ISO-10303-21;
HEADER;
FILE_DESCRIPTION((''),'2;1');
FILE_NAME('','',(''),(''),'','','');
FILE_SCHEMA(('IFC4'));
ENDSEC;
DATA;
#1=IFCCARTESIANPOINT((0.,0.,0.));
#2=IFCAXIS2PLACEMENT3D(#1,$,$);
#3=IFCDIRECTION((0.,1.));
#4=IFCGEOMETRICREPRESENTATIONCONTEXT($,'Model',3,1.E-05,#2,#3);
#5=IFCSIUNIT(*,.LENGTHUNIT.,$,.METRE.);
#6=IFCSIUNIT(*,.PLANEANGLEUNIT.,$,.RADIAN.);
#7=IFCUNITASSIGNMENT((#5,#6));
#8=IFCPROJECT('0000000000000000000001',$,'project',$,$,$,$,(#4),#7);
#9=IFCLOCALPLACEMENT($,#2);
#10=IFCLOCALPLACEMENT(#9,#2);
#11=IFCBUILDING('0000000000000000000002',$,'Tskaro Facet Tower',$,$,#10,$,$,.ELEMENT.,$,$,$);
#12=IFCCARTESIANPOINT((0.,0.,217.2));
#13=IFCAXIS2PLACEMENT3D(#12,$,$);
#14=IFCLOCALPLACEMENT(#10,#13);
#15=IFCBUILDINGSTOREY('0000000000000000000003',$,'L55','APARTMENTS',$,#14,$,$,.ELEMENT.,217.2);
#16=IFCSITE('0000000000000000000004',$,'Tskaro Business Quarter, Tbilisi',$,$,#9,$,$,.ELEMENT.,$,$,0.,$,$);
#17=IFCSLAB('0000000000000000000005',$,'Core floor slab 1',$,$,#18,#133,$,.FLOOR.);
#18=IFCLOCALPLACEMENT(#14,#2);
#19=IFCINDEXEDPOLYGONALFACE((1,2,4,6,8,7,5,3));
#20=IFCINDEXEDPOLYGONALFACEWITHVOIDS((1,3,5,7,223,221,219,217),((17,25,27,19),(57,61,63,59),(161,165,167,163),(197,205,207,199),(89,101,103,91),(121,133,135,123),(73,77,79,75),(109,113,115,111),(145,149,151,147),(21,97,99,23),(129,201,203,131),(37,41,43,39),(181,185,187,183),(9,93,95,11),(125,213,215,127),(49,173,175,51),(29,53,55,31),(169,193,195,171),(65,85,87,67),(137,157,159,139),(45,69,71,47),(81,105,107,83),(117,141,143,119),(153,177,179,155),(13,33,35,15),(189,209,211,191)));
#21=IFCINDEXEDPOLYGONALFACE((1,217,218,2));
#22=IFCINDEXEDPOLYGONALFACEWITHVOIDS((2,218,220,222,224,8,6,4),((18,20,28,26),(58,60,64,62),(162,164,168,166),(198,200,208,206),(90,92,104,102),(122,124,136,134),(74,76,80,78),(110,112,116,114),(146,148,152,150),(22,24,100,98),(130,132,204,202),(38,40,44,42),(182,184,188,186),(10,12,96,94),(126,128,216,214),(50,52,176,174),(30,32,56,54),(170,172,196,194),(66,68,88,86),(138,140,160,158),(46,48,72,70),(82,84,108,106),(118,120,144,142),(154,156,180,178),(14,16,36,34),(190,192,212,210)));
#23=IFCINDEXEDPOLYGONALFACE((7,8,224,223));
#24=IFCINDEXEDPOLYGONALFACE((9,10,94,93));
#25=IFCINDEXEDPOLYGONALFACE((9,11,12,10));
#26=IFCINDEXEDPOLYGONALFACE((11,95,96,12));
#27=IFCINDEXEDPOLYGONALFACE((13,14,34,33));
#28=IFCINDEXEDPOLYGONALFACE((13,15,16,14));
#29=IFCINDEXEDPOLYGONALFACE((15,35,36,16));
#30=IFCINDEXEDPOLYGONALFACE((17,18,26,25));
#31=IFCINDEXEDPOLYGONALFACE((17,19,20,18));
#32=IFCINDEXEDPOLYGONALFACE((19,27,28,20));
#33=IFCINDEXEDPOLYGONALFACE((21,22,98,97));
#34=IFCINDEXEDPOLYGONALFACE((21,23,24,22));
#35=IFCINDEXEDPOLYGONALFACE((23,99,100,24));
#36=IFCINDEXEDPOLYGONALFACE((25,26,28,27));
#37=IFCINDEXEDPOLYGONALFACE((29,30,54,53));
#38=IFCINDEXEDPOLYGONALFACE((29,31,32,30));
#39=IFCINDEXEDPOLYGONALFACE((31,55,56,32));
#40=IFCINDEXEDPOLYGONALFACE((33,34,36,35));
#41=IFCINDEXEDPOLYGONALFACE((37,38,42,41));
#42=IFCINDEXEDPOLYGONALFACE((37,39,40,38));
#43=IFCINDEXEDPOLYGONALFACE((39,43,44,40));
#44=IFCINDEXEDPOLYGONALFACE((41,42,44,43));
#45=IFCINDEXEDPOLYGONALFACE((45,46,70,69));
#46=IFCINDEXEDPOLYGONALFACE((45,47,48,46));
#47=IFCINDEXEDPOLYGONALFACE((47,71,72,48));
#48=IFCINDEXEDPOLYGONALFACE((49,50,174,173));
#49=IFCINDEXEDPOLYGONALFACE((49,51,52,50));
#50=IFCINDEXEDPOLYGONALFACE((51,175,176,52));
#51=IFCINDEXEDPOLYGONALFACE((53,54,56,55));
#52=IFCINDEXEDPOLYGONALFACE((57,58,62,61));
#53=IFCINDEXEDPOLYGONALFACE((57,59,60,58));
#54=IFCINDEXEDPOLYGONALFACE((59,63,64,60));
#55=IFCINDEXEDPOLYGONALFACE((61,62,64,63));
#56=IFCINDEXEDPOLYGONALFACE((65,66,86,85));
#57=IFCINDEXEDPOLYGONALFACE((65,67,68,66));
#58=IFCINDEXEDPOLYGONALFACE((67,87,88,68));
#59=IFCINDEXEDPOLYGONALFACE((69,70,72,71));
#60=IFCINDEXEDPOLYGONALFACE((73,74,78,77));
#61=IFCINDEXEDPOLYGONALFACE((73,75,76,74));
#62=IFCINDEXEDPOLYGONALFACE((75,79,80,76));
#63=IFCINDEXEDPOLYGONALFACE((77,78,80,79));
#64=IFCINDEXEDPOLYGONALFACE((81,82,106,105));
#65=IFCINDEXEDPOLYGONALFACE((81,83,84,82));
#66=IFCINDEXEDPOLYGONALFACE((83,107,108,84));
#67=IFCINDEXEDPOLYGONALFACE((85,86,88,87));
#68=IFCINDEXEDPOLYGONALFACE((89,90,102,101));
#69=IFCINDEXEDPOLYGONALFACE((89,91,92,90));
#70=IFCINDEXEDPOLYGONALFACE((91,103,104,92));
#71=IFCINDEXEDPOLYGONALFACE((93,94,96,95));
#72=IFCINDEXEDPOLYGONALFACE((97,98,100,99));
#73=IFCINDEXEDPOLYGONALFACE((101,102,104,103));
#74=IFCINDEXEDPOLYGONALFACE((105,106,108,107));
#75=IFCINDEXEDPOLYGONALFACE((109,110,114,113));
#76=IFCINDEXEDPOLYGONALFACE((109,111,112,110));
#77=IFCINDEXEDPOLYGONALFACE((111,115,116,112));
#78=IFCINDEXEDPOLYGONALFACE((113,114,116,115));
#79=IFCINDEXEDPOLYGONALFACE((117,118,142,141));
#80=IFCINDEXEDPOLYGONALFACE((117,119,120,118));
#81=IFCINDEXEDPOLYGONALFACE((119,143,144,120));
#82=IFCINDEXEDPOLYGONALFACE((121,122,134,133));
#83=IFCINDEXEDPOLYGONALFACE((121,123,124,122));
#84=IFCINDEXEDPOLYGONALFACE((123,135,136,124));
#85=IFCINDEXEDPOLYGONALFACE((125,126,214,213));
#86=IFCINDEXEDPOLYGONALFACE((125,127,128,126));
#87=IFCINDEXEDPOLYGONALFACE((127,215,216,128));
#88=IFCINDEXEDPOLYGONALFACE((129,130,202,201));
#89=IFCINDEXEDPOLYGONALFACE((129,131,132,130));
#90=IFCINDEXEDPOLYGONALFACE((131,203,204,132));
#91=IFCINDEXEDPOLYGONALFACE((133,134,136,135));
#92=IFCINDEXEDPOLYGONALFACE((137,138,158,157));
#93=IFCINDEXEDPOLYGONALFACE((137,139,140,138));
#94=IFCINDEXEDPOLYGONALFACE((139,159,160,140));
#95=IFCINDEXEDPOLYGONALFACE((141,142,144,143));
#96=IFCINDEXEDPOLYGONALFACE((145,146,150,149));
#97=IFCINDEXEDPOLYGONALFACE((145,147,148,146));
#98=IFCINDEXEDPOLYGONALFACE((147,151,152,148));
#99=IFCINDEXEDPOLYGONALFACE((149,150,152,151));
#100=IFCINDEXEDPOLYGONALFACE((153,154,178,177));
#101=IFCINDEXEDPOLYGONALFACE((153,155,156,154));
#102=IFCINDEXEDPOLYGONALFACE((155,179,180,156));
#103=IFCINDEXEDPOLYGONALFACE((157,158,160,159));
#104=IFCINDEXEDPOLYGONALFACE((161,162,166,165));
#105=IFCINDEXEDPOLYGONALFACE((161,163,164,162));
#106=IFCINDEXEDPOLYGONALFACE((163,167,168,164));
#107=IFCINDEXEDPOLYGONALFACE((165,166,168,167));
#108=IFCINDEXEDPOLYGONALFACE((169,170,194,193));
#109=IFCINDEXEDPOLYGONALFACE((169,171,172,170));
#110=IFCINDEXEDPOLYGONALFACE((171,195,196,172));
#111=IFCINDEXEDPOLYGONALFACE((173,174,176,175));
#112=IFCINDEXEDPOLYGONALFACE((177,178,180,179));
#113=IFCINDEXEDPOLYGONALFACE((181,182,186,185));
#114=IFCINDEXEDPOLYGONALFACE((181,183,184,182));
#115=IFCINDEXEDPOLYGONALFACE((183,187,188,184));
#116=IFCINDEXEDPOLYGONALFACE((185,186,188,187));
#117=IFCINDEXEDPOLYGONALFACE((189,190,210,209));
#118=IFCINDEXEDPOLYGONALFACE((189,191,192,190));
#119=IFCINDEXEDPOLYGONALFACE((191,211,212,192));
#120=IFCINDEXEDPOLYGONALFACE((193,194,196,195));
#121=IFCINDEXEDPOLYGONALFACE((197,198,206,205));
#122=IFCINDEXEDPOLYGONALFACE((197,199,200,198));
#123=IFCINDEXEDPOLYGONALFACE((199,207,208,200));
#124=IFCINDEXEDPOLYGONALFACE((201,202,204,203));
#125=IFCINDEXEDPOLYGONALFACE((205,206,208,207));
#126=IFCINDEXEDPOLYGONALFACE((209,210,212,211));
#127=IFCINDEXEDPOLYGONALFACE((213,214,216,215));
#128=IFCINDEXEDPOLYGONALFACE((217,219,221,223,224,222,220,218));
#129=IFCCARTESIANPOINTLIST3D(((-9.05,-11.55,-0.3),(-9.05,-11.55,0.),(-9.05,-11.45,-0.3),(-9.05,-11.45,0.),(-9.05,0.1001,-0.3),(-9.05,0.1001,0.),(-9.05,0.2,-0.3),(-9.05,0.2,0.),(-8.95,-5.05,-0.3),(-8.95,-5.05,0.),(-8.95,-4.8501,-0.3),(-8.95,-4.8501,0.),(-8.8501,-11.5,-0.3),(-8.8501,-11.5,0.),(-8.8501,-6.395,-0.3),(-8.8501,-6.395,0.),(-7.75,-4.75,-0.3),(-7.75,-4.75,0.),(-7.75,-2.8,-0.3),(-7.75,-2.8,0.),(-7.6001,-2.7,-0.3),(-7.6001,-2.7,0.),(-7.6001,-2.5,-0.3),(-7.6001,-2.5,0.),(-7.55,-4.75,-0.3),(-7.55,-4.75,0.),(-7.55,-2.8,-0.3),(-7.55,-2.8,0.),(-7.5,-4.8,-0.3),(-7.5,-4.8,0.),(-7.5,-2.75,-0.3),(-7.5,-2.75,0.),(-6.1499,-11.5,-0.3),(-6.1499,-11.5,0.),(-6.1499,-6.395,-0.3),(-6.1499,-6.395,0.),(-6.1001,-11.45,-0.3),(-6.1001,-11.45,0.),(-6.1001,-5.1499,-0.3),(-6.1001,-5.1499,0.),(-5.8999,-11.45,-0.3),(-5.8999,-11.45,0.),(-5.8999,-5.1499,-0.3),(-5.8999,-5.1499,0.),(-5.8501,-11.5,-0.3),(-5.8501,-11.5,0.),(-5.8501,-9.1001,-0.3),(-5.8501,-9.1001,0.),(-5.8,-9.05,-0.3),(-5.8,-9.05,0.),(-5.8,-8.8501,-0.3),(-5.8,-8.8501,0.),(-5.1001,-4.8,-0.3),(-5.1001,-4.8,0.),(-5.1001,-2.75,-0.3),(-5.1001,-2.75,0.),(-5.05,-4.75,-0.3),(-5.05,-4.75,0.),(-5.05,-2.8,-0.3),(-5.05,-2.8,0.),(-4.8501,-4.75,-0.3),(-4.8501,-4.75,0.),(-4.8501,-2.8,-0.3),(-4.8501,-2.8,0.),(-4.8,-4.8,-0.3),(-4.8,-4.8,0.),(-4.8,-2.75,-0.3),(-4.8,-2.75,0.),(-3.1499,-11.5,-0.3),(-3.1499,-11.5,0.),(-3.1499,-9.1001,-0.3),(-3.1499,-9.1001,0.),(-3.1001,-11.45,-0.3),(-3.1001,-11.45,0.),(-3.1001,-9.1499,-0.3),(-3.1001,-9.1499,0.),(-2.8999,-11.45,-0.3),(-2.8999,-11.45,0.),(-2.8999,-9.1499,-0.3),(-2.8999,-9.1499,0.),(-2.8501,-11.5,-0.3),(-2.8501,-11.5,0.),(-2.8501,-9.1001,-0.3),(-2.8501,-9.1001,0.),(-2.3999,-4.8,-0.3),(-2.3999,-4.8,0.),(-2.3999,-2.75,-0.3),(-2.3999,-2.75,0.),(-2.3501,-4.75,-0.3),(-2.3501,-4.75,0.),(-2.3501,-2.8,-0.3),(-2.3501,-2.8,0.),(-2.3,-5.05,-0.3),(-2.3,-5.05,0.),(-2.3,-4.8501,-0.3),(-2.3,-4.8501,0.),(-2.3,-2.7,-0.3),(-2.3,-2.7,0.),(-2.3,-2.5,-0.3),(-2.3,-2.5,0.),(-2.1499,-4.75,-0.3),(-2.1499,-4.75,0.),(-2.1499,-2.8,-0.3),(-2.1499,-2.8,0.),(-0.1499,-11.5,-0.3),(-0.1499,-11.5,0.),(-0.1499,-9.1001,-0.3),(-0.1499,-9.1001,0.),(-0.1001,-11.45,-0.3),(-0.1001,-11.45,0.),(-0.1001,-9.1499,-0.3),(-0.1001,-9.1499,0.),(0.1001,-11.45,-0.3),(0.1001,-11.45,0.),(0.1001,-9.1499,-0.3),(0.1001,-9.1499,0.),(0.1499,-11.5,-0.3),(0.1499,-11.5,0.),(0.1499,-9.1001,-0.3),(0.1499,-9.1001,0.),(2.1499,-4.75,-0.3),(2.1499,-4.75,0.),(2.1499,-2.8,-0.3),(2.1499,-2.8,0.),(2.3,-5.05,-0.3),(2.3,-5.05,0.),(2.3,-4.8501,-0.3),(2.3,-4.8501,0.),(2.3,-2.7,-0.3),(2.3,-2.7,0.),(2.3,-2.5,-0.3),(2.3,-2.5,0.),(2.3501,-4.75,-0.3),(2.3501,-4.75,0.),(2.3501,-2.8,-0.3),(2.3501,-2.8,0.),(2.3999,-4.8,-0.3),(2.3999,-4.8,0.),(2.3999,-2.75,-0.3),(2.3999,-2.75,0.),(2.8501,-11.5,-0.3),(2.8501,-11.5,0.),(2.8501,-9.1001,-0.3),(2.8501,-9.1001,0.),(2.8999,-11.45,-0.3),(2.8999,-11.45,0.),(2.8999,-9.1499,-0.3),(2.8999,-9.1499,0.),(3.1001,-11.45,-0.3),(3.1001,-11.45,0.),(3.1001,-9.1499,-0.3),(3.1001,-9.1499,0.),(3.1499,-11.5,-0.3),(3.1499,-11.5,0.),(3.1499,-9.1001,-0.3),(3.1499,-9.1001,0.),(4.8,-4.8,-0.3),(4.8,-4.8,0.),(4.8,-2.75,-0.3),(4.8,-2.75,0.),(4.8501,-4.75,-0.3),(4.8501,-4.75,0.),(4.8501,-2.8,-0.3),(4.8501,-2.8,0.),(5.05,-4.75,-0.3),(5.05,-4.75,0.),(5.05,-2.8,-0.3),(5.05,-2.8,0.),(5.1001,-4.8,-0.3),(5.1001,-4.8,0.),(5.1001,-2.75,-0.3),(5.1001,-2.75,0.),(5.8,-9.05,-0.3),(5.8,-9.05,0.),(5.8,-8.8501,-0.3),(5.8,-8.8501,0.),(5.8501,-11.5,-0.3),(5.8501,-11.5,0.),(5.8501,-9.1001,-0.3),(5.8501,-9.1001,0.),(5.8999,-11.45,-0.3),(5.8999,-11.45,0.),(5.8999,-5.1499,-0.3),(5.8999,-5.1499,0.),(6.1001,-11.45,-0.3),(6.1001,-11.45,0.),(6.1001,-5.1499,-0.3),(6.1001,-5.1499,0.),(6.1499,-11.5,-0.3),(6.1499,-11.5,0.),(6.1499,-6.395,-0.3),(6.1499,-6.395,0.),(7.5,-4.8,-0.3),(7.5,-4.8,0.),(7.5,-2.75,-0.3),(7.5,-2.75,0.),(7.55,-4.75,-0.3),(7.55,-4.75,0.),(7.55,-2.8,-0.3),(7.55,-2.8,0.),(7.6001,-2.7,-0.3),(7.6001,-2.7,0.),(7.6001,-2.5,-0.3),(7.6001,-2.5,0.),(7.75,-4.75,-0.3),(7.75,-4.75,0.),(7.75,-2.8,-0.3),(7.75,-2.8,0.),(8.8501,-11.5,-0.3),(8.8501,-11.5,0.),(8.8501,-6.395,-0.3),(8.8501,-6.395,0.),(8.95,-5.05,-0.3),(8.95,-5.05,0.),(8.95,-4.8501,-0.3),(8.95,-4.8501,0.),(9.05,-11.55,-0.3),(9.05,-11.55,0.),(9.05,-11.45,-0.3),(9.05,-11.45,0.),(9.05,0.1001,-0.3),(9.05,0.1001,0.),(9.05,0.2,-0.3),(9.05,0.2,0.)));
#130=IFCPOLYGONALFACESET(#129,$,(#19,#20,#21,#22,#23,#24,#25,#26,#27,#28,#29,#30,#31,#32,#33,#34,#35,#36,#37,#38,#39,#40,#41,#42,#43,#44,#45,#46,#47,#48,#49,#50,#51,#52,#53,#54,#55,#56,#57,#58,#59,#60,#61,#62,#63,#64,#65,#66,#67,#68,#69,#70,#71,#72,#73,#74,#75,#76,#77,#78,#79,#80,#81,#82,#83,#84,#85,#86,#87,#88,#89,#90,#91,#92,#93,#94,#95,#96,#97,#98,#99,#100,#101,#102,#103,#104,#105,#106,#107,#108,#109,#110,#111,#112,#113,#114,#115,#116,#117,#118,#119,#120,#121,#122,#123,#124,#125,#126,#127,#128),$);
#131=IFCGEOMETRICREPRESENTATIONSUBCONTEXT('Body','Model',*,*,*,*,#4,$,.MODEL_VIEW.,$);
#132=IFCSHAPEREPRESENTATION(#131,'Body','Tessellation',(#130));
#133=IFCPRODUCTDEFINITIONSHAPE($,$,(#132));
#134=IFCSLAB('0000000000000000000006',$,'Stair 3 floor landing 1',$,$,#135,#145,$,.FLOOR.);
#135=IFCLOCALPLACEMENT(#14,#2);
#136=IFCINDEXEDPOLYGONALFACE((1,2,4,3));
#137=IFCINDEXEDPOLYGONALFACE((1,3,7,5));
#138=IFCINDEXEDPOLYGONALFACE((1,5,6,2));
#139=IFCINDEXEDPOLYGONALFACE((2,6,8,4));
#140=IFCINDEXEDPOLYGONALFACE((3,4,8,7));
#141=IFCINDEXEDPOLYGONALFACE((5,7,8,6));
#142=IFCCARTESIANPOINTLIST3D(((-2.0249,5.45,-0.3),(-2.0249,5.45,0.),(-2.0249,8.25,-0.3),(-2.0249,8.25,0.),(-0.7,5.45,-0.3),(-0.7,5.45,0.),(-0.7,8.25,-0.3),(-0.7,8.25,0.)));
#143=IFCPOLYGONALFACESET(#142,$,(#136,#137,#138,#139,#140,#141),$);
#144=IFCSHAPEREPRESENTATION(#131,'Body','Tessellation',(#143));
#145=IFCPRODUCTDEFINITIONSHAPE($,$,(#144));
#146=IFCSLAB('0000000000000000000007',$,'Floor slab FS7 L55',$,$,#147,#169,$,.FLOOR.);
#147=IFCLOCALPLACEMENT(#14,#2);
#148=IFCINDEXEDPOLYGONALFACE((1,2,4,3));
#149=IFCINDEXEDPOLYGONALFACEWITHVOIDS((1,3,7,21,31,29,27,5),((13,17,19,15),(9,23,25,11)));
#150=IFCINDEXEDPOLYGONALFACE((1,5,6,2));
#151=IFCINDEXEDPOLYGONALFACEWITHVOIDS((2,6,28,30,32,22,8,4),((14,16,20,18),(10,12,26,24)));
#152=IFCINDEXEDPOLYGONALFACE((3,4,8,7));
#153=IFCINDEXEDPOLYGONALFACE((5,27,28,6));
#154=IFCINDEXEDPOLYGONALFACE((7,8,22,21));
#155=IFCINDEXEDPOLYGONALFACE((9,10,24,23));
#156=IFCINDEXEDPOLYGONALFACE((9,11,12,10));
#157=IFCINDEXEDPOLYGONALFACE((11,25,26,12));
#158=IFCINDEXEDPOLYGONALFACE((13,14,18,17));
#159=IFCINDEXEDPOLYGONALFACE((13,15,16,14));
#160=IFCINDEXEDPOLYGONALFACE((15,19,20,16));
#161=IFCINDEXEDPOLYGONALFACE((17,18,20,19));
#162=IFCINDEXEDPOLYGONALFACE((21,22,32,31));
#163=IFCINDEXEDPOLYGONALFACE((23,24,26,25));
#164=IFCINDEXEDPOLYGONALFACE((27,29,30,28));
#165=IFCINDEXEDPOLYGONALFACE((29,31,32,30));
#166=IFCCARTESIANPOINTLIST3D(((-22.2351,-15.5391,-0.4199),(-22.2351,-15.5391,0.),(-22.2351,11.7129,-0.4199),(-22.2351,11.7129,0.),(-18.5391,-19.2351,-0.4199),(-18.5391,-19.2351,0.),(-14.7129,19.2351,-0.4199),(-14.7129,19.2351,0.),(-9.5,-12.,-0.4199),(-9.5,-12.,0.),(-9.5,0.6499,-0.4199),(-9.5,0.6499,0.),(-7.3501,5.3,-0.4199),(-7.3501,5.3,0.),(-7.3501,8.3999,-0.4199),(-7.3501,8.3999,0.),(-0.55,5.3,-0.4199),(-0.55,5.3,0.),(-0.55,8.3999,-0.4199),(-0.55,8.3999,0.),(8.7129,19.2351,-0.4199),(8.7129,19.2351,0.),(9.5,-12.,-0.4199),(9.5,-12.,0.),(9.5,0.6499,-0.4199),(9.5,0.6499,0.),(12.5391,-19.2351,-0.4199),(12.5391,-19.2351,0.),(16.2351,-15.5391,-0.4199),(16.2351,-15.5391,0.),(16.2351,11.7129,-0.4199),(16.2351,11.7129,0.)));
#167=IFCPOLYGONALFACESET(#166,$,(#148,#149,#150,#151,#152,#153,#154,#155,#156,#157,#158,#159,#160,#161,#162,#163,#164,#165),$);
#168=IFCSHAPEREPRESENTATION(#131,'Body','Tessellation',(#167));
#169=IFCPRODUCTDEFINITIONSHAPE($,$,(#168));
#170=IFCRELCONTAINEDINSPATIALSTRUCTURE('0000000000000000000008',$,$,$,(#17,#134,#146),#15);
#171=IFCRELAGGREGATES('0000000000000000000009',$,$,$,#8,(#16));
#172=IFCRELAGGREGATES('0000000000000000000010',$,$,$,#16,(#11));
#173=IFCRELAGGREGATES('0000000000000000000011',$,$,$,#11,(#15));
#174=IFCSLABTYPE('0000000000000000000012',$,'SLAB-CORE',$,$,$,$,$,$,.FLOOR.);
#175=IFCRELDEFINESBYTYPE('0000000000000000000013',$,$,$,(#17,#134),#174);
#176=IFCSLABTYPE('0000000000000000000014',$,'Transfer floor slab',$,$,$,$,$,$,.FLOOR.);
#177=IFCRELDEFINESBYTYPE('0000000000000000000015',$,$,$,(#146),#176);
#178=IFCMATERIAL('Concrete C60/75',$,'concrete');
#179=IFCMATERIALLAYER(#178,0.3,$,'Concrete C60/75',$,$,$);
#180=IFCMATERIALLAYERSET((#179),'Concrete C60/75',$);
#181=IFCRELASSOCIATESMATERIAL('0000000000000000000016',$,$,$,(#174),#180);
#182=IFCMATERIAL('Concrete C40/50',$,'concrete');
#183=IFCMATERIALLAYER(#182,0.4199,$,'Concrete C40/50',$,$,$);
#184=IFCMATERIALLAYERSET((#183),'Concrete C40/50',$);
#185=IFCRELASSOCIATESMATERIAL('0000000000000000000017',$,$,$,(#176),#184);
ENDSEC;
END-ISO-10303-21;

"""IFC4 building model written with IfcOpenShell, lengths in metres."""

from ifc_helpers import new_model, si_unit, direction, frame, origin, place, context, subcontext, project, spatial, polyline, outline, extrude, material, layer, layer_set, type_object, element, save


model = new_model("IFC4")

# Units and contexts
model_context = context("Model", 3, precision=1e-05, world=origin(), true_north=direction((0.0, 1.0)))
body_context = subcontext(model_context, "Body", "Model", "MODEL_VIEW")
ifc_project = project(units=[si_unit("LENGTHUNIT", "METRE"), si_unit("PLANEANGLEUNIT", "RADIAN")], contexts=[model_context])

# Site, building, storey
site_placement = place(None, origin())
site = spatial("IfcSite", under=ifc_project, at=site_placement, Name="Tskaro Business Quarter, Tbilisi", CompositionType="ELEMENT", RefElevation=0.0)
building_placement = place(site_placement, origin())
building = spatial("IfcBuilding", under=site, at=building_placement, Name="Tskaro Facet Tower", CompositionType="ELEMENT")
storey_placement = place(building_placement, frame((0.0, 0.0, 217.2)))
storey = spatial("IfcBuildingStorey", under=building, at=storey_placement, Name="L55", Description="APARTMENTS", CompositionType="ELEMENT", Elevation=217.2)

# Shared definitions
ifc_material_1 = material(Name="Concrete C40/50", Category="concrete")

# Slabs
ifc_material_2 = material(Name="Concrete C60/75", Category="concrete")
ifc_layer_1 = layer(ifc_material_2, 0.3, Name="Concrete C60/75")
ifc_layer_set_1 = layer_set([ifc_layer_1], Name="Concrete C60/75")
slab_type_1 = type_object("IfcSlabType", Name="SLAB-CORE", PredefinedType="FLOOR", material=ifc_layer_set_1)
slab_1_placement = place(storey_placement, frame((0.0, 0.0, -0.3)))
element("IfcSlab", 1, at=slab_1_placement, inside=storey, type_object=slab_type_1, Name="Core floor slab 1", PredefinedType="FLOOR", context=body_context, shape_type="SweptSolid", body=[
    extrude(outline(polyline([(-9.05, 0.2), (9.05, 0.2), (9.05, 0.1001), (9.05, -11.45), (9.05, -11.55), (-9.05, -11.55), (-9.05, -11.45), (-9.05, 0.1001), (-9.05, 0.2)]), holes=[polyline([(-5.8501, -9.1001), (-5.8501, -11.5), (-3.1499, -11.5), (-3.1499, -9.1001), (-5.8501, -9.1001)]), polyline([(-3.1001, -11.45), (-2.8999, -11.45), (-2.8999, -9.1499), (-3.1001, -9.1499), (-3.1001, -11.45)]), polyline([(-2.8501, -9.1001), (-2.8501, -11.5), (-0.1499, -11.5), (-0.1499, -9.1001), (-2.8501, -9.1001)]), polyline([(-6.1001, -11.45), (-5.8999, -11.45), (-5.8999, -5.1499), (-6.1001, -5.1499), (-6.1001, -11.45)]), polyline([(-8.95, -5.05), (-2.3, -5.05), (-2.3, -4.8501), (-8.95, -4.8501), (-8.95, -5.05)]), polyline([(-7.75, -4.75), (-7.55, -4.75), (-7.55, -2.8), (-7.75, -2.8), (-7.75, -4.75)]), polyline([(-5.1001, -2.75), (-7.5, -2.75), (-7.5, -4.8), (-5.1001, -4.8), (-5.1001, -2.75)]), polyline([(-5.05, -4.75), (-4.8501, -4.75), (-4.8501, -2.8), (-5.05, -2.8), (-5.05, -4.75)]), polyline([(-2.3999, -4.8), (-2.3999, -2.75), (-4.8, -2.75), (-4.8, -4.8), (-2.3999, -4.8)]), polyline([(-2.3501, -4.75), (-2.1499, -4.75), (-2.1499, -2.8), (-2.3501, -2.8), (-2.3501, -4.75)]), polyline([(-7.6001, -2.7), (-2.3, -2.7), (-2.3, -2.5), (-7.6001, -2.5), (-7.6001, -2.7)]), polyline([(-0.1001, -11.45), (0.1001, -11.45), (0.1001, -9.1499), (-0.1001, -9.1499), (-0.1001, -11.45)]), polyline([(0.1499, -9.1001), (0.1499, -11.5), (2.8501, -11.5), (2.8501, -9.1001), (0.1499, -9.1001)]), polyline([(2.8999, -11.45), (3.1001, -11.45), (3.1001, -9.1499), (2.8999, -9.1499), (2.8999, -11.45)]), polyline([(3.1499, -9.1001), (3.1499, -11.5), (5.8501, -11.5), (5.8501, -9.1001), (3.1499, -9.1001)]), polyline([(-5.8, -9.05), (5.8, -9.05), (5.8, -8.8501), (-5.8, -8.8501), (-5.8, -9.05)]), polyline([(5.8999, -11.45), (6.1001, -11.45), (6.1001, -5.1499), (5.8999, -5.1499), (5.8999, -11.45)]), polyline([(2.3, -5.05), (8.95, -5.05), (8.95, -4.8501), (2.3, -4.8501), (2.3, -5.05)]), polyline([(2.1499, -4.75), (2.3501, -4.75), (2.3501, -2.8), (2.1499, -2.8), (2.1499, -4.75)]), polyline([(2.3999, -2.75), (2.3999, -4.8), (4.8, -4.8), (4.8, -2.75), (2.3999, -2.75)]), polyline([(4.8501, -4.75), (5.05, -4.75), (5.05, -2.8), (4.8501, -2.8), (4.8501, -4.75)]), polyline([(7.5, -4.8), (7.5, -2.75), (5.1001, -2.75), (5.1001, -4.8), (7.5, -4.8)]), polyline([(7.55, -4.75), (7.75, -4.75), (7.75, -2.8), (7.55, -2.8), (7.55, -4.75)]), polyline([(2.3, -2.7), (7.6001, -2.7), (7.6001, -2.5), (2.3, -2.5), (2.3, -2.7)]), polyline([(-8.8501, -11.5), (-6.1499, -11.5), (-6.1499, -6.395), (-8.8501, -6.395), (-8.8501, -11.5)]), polyline([(6.1499, -6.395), (6.1499, -11.5), (8.8501, -11.5), (8.8501, -6.395), (6.1499, -6.395)])]), origin(), (0.0, 0.0, 1.0), 0.3),
])
slab_2_placement = place(storey_placement, frame((0.0, 0.0, -0.3)))
element("IfcSlab", 2, at=slab_2_placement, inside=storey, type_object=slab_type_1, Name="Stair 3 floor landing 1", PredefinedType="FLOOR", context=body_context, shape_type="SweptSolid", body=[
    extrude(outline(polyline([(-2.0249, 5.45), (-0.7, 5.45), (-0.7, 8.25), (-2.0249, 8.25), (-2.0249, 5.45)])), origin(), (0.0, 0.0, 1.0), 0.3),
])
ifc_layer_2 = layer(ifc_material_1, 0.4199, Name="Concrete C40/50")
ifc_layer_set_2 = layer_set([ifc_layer_2], Name="Concrete C40/50")
slab_type_2 = type_object("IfcSlabType", Name="Transfer floor slab", PredefinedType="FLOOR", material=ifc_layer_set_2)
slab_3_placement = place(storey_placement, frame((0.0, 0.0, -0.4199)))
element("IfcSlab", 3, at=slab_3_placement, inside=storey, type_object=slab_type_2, Name="Floor slab FS7 L55", PredefinedType="FLOOR", context=body_context, shape_type="SweptSolid", body=[
    extrude(outline(polyline([(-18.5391, -19.2351), (12.5391, -19.2351), (16.2351, -15.5391), (16.2351, 11.7129), (8.7129, 19.2351), (-14.7129, 19.2351), (-22.2351, 11.7129), (-22.2351, -15.5391), (-18.5391, -19.2351)]), holes=[polyline([(-9.5, -12.0), (9.5, -12.0), (9.5, 0.6499), (-9.5, 0.6499), (-9.5, -12.0)]), polyline([(-7.3501, 5.3), (-0.55, 5.3), (-0.55, 8.3999), (-7.3501, 8.3999), (-7.3501, 5.3)])]), origin(), (0.0, 0.0, 1.0), 0.4199),
])

save(model, "model.ifc")
